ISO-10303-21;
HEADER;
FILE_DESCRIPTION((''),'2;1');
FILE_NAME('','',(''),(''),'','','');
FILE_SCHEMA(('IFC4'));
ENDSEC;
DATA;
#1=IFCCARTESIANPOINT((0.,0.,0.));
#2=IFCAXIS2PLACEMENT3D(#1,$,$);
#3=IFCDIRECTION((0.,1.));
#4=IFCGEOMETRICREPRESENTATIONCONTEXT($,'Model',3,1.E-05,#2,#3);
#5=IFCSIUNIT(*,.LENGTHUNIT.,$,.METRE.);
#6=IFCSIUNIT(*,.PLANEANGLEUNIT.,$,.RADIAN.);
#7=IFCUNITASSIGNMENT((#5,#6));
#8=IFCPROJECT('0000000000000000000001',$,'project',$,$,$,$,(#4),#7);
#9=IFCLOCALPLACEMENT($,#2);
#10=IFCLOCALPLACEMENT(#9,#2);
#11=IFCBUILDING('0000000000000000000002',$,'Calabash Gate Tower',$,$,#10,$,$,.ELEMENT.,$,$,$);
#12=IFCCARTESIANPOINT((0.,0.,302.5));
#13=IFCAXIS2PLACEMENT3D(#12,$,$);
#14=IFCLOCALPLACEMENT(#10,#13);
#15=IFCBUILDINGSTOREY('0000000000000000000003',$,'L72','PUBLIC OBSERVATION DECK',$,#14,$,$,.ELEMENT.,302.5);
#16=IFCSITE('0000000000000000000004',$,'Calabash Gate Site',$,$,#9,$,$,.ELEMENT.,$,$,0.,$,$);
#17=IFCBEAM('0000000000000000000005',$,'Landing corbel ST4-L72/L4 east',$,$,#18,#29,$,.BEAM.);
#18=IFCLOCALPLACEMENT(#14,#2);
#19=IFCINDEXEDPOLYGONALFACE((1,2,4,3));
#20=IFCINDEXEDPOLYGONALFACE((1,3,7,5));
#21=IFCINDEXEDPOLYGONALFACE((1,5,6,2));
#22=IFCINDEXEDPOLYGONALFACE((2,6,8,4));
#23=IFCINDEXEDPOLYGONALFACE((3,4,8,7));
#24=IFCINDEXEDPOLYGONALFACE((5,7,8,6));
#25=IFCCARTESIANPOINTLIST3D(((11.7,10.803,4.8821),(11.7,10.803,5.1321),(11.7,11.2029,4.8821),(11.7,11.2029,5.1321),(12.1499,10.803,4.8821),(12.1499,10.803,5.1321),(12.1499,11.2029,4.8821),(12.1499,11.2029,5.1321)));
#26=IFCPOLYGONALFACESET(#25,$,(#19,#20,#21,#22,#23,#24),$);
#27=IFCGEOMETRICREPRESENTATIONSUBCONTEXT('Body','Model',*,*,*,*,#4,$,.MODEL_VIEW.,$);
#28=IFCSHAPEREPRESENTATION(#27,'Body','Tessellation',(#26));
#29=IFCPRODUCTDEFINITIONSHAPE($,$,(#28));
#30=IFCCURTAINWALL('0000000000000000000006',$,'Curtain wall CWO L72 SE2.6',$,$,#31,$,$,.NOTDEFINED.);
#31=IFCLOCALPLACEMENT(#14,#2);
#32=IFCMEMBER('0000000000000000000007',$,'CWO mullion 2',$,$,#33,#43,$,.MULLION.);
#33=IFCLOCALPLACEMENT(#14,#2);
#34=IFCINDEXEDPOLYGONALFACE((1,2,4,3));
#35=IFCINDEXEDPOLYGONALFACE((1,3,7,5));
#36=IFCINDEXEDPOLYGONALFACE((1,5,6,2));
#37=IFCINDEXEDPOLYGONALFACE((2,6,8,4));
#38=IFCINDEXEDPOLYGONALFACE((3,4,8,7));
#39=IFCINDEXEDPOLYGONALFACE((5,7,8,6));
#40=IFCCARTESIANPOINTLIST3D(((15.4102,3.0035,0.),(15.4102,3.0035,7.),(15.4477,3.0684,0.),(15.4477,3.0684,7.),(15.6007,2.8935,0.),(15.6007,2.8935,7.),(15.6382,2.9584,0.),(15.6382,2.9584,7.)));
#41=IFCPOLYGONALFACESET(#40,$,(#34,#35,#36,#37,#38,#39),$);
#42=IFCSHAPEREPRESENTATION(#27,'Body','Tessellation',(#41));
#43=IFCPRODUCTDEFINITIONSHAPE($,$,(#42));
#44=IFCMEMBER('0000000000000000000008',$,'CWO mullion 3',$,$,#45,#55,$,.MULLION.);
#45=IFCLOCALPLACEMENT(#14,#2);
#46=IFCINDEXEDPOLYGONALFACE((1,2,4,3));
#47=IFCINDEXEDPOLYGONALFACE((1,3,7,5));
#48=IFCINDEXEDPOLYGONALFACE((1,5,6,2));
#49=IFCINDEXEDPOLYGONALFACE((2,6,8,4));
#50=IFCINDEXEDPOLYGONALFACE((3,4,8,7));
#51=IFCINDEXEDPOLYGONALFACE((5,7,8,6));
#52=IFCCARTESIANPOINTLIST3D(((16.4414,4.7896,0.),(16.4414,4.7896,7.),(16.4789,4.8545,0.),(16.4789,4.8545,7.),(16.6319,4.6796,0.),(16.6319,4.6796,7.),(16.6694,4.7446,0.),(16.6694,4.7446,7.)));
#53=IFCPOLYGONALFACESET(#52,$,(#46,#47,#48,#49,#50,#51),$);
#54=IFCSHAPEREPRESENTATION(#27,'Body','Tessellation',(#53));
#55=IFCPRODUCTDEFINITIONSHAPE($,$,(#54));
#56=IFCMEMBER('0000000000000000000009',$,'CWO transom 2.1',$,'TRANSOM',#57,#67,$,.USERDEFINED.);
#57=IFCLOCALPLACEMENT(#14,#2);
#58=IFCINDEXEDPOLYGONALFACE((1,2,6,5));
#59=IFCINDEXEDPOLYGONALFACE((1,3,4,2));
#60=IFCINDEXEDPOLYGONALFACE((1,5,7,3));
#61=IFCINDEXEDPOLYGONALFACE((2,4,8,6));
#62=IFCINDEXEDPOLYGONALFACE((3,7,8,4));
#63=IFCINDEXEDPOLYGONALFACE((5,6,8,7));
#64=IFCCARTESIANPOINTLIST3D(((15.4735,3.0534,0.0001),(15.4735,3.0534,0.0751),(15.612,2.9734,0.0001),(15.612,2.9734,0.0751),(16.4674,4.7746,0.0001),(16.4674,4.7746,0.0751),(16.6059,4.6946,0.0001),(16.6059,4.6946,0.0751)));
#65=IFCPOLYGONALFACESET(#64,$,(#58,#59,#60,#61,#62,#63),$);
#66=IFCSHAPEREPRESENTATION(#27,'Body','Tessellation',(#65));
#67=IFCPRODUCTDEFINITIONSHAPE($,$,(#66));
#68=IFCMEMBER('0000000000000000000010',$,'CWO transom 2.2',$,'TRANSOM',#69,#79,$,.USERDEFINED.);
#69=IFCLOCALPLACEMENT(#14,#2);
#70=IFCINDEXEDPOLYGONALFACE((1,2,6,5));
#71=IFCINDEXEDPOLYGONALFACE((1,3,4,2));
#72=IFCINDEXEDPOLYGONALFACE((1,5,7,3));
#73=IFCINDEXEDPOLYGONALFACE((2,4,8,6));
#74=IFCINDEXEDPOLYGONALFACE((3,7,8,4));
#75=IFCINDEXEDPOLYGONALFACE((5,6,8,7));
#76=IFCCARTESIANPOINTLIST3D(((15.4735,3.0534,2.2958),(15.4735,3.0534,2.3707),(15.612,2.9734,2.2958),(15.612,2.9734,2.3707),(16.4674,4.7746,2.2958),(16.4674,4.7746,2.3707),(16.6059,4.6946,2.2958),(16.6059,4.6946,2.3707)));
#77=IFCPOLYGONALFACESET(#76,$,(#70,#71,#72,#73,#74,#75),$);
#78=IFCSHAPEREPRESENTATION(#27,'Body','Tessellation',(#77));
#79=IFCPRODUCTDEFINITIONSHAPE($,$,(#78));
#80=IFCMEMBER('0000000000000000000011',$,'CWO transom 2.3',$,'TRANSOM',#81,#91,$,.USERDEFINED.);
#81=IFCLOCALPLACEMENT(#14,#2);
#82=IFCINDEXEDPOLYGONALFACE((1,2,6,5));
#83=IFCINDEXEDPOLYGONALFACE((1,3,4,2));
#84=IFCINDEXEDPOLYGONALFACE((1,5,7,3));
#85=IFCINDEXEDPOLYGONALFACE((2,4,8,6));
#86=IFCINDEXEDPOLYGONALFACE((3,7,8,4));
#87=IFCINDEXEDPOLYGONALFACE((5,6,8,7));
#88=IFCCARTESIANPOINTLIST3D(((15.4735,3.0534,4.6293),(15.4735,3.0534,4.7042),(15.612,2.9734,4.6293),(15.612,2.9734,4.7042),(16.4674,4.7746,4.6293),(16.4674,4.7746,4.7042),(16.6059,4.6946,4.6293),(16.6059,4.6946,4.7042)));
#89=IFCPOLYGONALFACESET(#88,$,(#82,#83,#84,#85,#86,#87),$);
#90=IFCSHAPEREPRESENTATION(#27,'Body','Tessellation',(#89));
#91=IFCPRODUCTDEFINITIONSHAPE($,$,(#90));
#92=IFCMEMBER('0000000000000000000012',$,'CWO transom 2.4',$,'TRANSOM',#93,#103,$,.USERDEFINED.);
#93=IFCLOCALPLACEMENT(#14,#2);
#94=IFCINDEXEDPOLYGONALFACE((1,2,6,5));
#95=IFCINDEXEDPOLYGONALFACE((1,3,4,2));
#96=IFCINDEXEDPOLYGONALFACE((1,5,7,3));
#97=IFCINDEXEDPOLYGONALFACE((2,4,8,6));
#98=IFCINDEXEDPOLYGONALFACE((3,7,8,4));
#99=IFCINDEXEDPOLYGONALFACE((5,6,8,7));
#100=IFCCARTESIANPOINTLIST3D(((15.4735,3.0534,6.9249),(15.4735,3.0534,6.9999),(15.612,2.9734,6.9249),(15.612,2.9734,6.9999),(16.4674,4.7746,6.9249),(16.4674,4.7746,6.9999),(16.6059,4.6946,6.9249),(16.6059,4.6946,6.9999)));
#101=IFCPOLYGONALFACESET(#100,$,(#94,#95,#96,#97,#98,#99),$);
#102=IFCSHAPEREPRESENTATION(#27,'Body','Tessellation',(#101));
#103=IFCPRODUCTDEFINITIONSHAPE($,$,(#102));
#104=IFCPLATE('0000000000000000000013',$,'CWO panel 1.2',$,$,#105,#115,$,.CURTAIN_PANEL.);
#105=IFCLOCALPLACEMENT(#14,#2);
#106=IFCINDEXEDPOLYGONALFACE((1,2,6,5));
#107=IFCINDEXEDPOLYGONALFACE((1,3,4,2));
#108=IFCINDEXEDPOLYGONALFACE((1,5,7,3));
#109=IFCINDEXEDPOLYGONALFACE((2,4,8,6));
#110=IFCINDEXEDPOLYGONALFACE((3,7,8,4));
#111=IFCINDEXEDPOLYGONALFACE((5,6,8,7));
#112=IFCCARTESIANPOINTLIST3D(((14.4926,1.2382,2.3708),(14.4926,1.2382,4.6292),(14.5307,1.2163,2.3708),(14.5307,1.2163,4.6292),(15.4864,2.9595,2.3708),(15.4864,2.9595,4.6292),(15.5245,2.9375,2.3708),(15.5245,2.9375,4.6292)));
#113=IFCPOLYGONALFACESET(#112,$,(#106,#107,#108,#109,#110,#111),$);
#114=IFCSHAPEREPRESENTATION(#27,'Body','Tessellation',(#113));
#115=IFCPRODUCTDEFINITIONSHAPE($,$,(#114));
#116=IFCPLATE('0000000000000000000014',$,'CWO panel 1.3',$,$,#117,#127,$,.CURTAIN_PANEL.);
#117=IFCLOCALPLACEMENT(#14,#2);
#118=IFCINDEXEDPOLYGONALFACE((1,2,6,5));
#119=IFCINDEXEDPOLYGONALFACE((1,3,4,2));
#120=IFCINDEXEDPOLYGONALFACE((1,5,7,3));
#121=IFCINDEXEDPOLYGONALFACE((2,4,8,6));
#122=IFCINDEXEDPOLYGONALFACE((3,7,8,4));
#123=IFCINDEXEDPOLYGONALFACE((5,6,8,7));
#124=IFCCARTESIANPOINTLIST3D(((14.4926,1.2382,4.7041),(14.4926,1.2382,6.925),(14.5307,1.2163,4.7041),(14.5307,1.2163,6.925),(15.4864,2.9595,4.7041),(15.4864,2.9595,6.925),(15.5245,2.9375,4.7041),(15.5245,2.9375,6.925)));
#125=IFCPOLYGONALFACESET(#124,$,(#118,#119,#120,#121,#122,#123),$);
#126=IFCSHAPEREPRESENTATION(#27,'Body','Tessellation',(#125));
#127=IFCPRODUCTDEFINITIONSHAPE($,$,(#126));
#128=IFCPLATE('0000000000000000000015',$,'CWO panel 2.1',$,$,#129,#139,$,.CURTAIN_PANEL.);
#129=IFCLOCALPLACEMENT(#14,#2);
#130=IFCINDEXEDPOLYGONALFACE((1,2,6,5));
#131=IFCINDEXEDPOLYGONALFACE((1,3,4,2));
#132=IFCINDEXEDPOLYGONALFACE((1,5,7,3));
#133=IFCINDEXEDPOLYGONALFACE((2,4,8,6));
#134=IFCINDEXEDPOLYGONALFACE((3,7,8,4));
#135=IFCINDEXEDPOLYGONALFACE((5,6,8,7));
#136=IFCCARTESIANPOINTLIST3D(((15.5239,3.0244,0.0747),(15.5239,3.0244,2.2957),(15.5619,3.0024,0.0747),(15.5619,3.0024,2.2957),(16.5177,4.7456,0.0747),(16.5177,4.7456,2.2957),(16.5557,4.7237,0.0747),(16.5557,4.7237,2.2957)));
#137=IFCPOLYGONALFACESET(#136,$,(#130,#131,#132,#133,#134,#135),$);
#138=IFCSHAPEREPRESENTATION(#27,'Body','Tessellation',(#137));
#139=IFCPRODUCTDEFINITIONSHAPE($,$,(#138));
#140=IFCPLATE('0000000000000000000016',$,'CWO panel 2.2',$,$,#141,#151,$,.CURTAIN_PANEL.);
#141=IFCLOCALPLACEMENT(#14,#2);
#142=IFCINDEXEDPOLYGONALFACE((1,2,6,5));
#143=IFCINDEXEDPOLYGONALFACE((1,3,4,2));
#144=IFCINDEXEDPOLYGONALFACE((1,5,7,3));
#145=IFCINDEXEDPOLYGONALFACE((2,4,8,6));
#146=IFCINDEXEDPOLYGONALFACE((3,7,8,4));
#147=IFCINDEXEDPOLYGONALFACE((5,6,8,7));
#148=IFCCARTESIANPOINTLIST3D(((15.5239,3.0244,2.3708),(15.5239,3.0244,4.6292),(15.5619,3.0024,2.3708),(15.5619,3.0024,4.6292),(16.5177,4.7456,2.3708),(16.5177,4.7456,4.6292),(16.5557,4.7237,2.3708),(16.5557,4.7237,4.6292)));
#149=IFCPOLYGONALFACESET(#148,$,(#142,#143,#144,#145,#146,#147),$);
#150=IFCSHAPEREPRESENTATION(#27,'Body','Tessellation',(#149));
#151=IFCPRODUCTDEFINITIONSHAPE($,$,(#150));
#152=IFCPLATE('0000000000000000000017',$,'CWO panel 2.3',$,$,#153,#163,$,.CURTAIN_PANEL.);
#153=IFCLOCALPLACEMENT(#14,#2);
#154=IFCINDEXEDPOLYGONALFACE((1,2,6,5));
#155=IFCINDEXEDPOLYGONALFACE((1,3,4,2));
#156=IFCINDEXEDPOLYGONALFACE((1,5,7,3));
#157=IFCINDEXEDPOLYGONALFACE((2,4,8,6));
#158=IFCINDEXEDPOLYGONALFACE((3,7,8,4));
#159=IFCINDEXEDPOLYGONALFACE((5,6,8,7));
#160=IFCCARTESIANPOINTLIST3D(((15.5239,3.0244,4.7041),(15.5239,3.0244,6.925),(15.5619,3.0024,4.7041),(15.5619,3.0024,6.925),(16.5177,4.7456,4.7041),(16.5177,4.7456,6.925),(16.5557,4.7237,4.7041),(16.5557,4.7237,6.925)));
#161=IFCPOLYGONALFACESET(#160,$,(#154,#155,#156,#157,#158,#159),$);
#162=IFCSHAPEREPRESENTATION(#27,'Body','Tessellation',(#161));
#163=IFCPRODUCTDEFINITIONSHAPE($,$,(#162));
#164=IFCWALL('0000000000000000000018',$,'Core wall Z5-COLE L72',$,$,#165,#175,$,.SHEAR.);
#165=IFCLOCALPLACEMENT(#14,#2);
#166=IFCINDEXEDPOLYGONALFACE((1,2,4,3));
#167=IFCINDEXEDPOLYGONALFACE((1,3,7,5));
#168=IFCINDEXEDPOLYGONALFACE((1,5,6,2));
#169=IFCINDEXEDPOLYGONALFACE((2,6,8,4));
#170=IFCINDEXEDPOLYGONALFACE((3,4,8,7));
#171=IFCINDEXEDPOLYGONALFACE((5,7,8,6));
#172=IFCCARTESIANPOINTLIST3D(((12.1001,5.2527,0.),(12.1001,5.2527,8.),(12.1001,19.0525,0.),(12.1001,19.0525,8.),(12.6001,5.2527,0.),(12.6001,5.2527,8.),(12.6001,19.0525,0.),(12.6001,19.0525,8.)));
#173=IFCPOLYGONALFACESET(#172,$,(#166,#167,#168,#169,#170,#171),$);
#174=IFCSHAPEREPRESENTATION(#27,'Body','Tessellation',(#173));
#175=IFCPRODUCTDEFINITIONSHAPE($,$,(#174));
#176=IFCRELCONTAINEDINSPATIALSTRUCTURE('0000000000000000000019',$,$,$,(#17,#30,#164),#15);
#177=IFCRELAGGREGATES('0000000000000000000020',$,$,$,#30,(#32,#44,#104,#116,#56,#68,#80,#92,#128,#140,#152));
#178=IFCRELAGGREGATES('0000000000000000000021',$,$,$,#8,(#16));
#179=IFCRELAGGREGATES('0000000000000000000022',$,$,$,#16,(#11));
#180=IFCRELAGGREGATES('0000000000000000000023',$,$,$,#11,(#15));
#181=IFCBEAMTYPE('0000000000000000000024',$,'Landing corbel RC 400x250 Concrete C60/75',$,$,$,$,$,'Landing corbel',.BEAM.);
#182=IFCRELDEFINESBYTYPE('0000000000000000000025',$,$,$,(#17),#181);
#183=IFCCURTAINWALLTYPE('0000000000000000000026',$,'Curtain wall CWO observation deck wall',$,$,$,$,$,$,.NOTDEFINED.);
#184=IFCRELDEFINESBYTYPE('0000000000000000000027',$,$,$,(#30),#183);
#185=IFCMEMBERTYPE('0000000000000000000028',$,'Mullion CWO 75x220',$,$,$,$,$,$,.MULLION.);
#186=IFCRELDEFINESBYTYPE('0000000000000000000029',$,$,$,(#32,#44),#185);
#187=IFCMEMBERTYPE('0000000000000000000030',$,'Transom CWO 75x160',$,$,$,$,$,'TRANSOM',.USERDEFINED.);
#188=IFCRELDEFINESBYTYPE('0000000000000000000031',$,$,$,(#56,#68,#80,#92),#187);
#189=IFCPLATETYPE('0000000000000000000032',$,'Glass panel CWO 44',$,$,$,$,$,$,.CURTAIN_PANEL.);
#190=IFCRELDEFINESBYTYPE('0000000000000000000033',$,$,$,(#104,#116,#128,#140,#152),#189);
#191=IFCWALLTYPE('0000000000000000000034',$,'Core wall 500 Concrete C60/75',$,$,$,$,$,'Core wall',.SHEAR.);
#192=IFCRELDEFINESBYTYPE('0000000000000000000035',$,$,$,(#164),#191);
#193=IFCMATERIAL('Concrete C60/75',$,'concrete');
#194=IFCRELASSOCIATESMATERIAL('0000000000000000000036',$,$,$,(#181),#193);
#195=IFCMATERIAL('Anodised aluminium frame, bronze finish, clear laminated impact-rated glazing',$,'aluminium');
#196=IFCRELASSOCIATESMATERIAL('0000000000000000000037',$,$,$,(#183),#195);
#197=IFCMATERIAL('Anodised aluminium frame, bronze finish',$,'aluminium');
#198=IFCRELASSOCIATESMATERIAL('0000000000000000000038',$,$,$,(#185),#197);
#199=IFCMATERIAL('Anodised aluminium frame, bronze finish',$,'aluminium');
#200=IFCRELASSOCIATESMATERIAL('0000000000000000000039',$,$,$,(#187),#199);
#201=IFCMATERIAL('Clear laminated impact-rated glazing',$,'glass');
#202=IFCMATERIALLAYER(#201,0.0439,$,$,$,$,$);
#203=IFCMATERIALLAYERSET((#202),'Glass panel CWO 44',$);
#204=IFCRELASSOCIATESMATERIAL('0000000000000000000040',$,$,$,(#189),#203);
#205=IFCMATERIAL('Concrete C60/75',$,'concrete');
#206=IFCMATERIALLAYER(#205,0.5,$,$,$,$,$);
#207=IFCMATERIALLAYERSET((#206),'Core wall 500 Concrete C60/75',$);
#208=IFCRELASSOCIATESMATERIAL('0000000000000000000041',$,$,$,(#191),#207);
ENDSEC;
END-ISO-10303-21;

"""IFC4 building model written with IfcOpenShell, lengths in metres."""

from ifc_helpers import new_model, si_unit, direction, frame, frame_2d, origin, origin_2d, place, context, subcontext, project, spatial, rectangle, extrude, material, layer, layer_set, material_profile, profile_set, type_object, element, aggregate, save


model = new_model("IFC4")

# Units and contexts
model_context = context("Model", 3, precision=1e-05, world=origin(), true_north=direction((0.0, 1.0)))
body_context = subcontext(model_context, "Body", "Model", "MODEL_VIEW")
ifc_project = project(units=[si_unit("LENGTHUNIT", "METRE"), si_unit("PLANEANGLEUNIT", "RADIAN")], contexts=[model_context])

# Site, building, storey
site_placement = place(None, origin())
site = spatial("IfcSite", under=ifc_project, at=site_placement, Name="Calabash Gate Site", CompositionType="ELEMENT", RefElevation=0.0)
building_placement = place(site_placement, origin())
building = spatial("IfcBuilding", under=site, at=building_placement, Name="Calabash Gate Tower", CompositionType="ELEMENT")
storey_placement = place(building_placement, frame((0.0, 0.0, 302.5)))
storey = spatial("IfcBuildingStorey", under=building, at=storey_placement, Name="L72", Description="PUBLIC OBSERVATION DECK", CompositionType="ELEMENT", Elevation=302.5)

# Beam
ifc_material_1 = material(Name="Concrete C60/75", Category="concrete")
ifc_material_profile_1 = material_profile(ifc_material_1, rectangle(XDim=0.3999, YDim=0.25, at=origin_2d()))
ifc_profile_set_1 = profile_set([ifc_material_profile_1], Name="Concrete C60/75")
beam_type = type_object("IfcBeamType", Name="Landing corbel RC 400x250 Concrete C60/75", ElementType="Landing corbel", PredefinedType="BEAM", material=ifc_profile_set_1)
beam_placement = place(storey_placement, frame((12.1499, 11.0029, 5.0071), z_axis=(-1.0, 0.0, 0.0), x_axis=(0.0, -1.0, 0.0)))
element("IfcBeam", 1, at=beam_placement, inside=storey, type_object=beam_type, Name="Landing corbel ST4-L72/L4 east", PredefinedType="BEAM", context=body_context, shape_type="SweptSolid", body=[
    extrude(rectangle(XDim=0.3999, YDim=0.25, at=origin_2d()), origin(), (0.0, 0.0, 1.0), 0.45),
])

# Curtain wall, members, plates
ifc_material_2 = material(Name="Anodised aluminium frame, bronze finish, clear laminated impact-rated glazing", Category="aluminium")
curtain_wall_type = type_object("IfcCurtainWallType", Name="Curtain wall CWO observation deck wall", PredefinedType="NOTDEFINED", material=ifc_material_2)
curtain_wall_placement = place(storey_placement, origin())
curtain_wall = element("IfcCurtainWall", 2, at=curtain_wall_placement, inside=storey, type_object=curtain_wall_type, Name="Curtain wall CWO L72 SE2.6", PredefinedType="NOTDEFINED")
ifc_material_3 = material(Name="Anodised aluminium frame, bronze finish", Category="aluminium")
ifc_material_profile_2 = material_profile(ifc_material_3, rectangle(XDim=0.22, YDim=0.075, at=origin_2d()))
ifc_profile_set_2 = profile_set([ifc_material_profile_2], Name="Anodised aluminium frame, bronze finish")
member_type_1 = type_object("IfcMemberType", Name="Mullion CWO 75x220", PredefinedType="MULLION", material=ifc_profile_set_2)
member_1_placement = place(storey_placement, frame((15.5242, 2.981, 0.0), z_axis=(0.0, 0.0, 1.0), x_axis=(-0.866025, 0.5, 0.0)))
member_1 = element("IfcMember", 3, at=member_1_placement, type_object=member_type_1, Name="CWO mullion 2", PredefinedType="MULLION", context=body_context, shape_type="SweptSolid", body=[
    extrude(rectangle(XDim=0.22, YDim=0.075, at=origin_2d()), origin(), (0.0, 0.0, 1.0), 7.0),
])
member_2_placement = place(storey_placement, frame((16.5554, 4.7671, 0.0), z_axis=(0.0, 0.0, 1.0), x_axis=(-0.866025, 0.5, 0.0)))
member_2 = element("IfcMember", 4, at=member_2_placement, type_object=member_type_1, Name="CWO mullion 3", PredefinedType="MULLION", context=body_context, shape_type="SweptSolid", body=[
    extrude(rectangle(XDim=0.22, YDim=0.075, at=origin_2d()), origin(), (0.0, 0.0, 1.0), 7.0),
])
ifc_material_4 = material(Name="Anodised aluminium frame, bronze finish", Category="aluminium")
ifc_material_profile_3 = material_profile(ifc_material_4, rectangle(XDim=0.1599, YDim=0.075, at=origin_2d()))
ifc_profile_set_3 = profile_set([ifc_material_profile_3], Name="Anodised aluminium frame, bronze finish")
member_type_2 = type_object("IfcMemberType", Name="Transom CWO 75x160", ElementType="TRANSOM", PredefinedType="USERDEFINED", material=ifc_profile_set_3)
member_3_placement = place(storey_placement, frame((15.5427, 3.0134, 0.0376), z_axis=(0.500063, 0.865989, 0.0), x_axis=(-0.865989, 0.500063, 0.0)))
member_3 = element("IfcMember", 5, at=member_3_placement, type_object=member_type_2, Name="CWO transom 2.1", ObjectType="TRANSOM", PredefinedType="USERDEFINED", context=body_context, shape_type="SweptSolid", body=[
    extrude(rectangle(XDim=0.1599, YDim=0.075, at=origin_2d()), origin(), (0.0, 0.0, 1.0), 1.9875),
])
member_4_placement = place(storey_placement, frame((15.5427, 3.0134, 2.3333), z_axis=(0.500063, 0.865989, 0.0), x_axis=(-0.865989, 0.500063, 0.0)))
member_4 = element("IfcMember", 6, at=member_4_placement, type_object=member_type_2, Name="CWO transom 2.2", ObjectType="TRANSOM", PredefinedType="USERDEFINED", context=body_context, shape_type="SweptSolid", body=[
    extrude(rectangle(XDim=0.1599, YDim=0.075, at=origin_2d()), origin(), (0.0, 0.0, 1.0), 1.9875),
])
member_5_placement = place(storey_placement, frame((15.5427, 3.0134, 4.6667), z_axis=(0.500063, 0.865989, 0.0), x_axis=(-0.865989, 0.500063, 0.0)))
member_5 = element("IfcMember", 7, at=member_5_placement, type_object=member_type_2, Name="CWO transom 2.3", ObjectType="TRANSOM", PredefinedType="USERDEFINED", context=body_context, shape_type="SweptSolid", body=[
    extrude(rectangle(XDim=0.1599, YDim=0.075, at=origin_2d()), origin(), (0.0, 0.0, 1.0), 1.9875),
])
member_6_placement = place(storey_placement, frame((15.5427, 3.0134, 6.9624), z_axis=(0.500063, 0.865989, 0.0), x_axis=(-0.865989, 0.500063, 0.0)))
member_6 = element("IfcMember", 8, at=member_6_placement, type_object=member_type_2, Name="CWO transom 2.4", ObjectType="TRANSOM", PredefinedType="USERDEFINED", context=body_context, shape_type="SweptSolid", body=[
    extrude(rectangle(XDim=0.1599, YDim=0.075, at=origin_2d()), origin(), (0.0, 0.0, 1.0), 1.9875),
])
ifc_material_5 = material(Name="Clear laminated impact-rated glazing", Category="glass")
ifc_layer_1 = layer(ifc_material_5, 0.0439)
ifc_layer_set_1 = layer_set([ifc_layer_1], Name="Glass panel CWO 44")
plate_type = type_object("IfcPlateType", Name="Glass panel CWO 44", PredefinedType="CURTAIN_PANEL", material=ifc_layer_set_1)
plate_1_placement = place(storey_placement, frame((15.0085, 2.0879, 2.3708), z_axis=(0.0, 0.0, 1.0), x_axis=(0.5, 0.866025, 0.0)))
plate_1 = element("IfcPlate", 9, at=plate_1_placement, type_object=plate_type, Name="CWO panel 1.2", PredefinedType="CURTAIN_PANEL", context=body_context, shape_type="SweptSolid", body=[
    extrude(rectangle(XDim=1.9875, YDim=0.0439, at=origin_2d()), origin(), (0.0, 0.0, 1.0), 2.2583),
])
plate_2_placement = place(storey_placement, frame((15.0085, 2.0879, 4.7041), z_axis=(0.0, 0.0, 1.0), x_axis=(0.5, 0.866025, 0.0)))
plate_2 = element("IfcPlate", 10, at=plate_2_placement, type_object=plate_type, Name="CWO panel 1.3", PredefinedType="CURTAIN_PANEL", context=body_context, shape_type="SweptSolid", body=[
    extrude(rectangle(XDim=1.9875, YDim=0.0439, at=origin_2d()), origin(), (0.0, 0.0, 1.0), 2.2209),
])
plate_3_placement = place(storey_placement, frame((16.0398, 3.874, 0.0747), z_axis=(0.0, 0.0, 1.0), x_axis=(0.5, 0.866025, 0.0)))
plate_3 = element("IfcPlate", 11, at=plate_3_placement, type_object=plate_type, Name="CWO panel 2.1", PredefinedType="CURTAIN_PANEL", context=body_context, shape_type="SweptSolid", body=[
    extrude(rectangle(XDim=1.9875, YDim=0.0439, at=origin_2d()), origin(), (0.0, 0.0, 1.0), 2.2209),
])
plate_4_placement = place(storey_placement, frame((16.0398, 3.874, 2.3708), z_axis=(0.0, 0.0, 1.0), x_axis=(0.5, 0.866025, 0.0)))
plate_4 = element("IfcPlate", 12, at=plate_4_placement, type_object=plate_type, Name="CWO panel 2.2", PredefinedType="CURTAIN_PANEL", context=body_context, shape_type="SweptSolid", body=[
    extrude(rectangle(XDim=1.9875, YDim=0.0439, at=origin_2d()), origin(), (0.0, 0.0, 1.0), 2.2583),
])
plate_5_placement = place(storey_placement, frame((16.0398, 3.874, 4.7041), z_axis=(0.0, 0.0, 1.0), x_axis=(0.5, 0.866025, 0.0)))
plate_5 = element("IfcPlate", 13, at=plate_5_placement, type_object=plate_type, Name="CWO panel 2.3", PredefinedType="CURTAIN_PANEL", context=body_context, shape_type="SweptSolid", body=[
    extrude(rectangle(XDim=1.9875, YDim=0.0439, at=origin_2d()), origin(), (0.0, 0.0, 1.0), 2.2209),
])
aggregate(curtain_wall, [member_1, member_2, plate_1, plate_2, member_3, member_4, member_5, member_6, plate_3, plate_4, plate_5])

# Wall
ifc_material_6 = material(Name="Concrete C60/75", Category="concrete")
ifc_layer_2 = layer(ifc_material_6, 0.5)
ifc_layer_set_2 = layer_set([ifc_layer_2], Name="Core wall 500 Concrete C60/75")
wall_type_1 = type_object("IfcWallType", Name="Core wall 500 Concrete C60/75", ElementType="Core wall", PredefinedType="SHEAR", material=ifc_layer_set_2)
wall_1_placement = place(storey_placement, frame((12.3501, 5.2527, 0.0), z_axis=(0.0, 0.0, 1.0), x_axis=(0.0, 1.0, 0.0)))
element("IfcWall", 14, at=wall_1_placement, inside=storey, type_object=wall_type_1, Name="Core wall Z5-COLE L72", PredefinedType="SHEAR", context=body_context, shape_type="SweptSolid", body=[
    extrude(rectangle(XDim=13.7998, YDim=0.5, at=frame_2d((6.8999, 0.0))), origin(), (0.0, 0.0, 1.0), 8.0),
])

save(model, "model.ifc")
